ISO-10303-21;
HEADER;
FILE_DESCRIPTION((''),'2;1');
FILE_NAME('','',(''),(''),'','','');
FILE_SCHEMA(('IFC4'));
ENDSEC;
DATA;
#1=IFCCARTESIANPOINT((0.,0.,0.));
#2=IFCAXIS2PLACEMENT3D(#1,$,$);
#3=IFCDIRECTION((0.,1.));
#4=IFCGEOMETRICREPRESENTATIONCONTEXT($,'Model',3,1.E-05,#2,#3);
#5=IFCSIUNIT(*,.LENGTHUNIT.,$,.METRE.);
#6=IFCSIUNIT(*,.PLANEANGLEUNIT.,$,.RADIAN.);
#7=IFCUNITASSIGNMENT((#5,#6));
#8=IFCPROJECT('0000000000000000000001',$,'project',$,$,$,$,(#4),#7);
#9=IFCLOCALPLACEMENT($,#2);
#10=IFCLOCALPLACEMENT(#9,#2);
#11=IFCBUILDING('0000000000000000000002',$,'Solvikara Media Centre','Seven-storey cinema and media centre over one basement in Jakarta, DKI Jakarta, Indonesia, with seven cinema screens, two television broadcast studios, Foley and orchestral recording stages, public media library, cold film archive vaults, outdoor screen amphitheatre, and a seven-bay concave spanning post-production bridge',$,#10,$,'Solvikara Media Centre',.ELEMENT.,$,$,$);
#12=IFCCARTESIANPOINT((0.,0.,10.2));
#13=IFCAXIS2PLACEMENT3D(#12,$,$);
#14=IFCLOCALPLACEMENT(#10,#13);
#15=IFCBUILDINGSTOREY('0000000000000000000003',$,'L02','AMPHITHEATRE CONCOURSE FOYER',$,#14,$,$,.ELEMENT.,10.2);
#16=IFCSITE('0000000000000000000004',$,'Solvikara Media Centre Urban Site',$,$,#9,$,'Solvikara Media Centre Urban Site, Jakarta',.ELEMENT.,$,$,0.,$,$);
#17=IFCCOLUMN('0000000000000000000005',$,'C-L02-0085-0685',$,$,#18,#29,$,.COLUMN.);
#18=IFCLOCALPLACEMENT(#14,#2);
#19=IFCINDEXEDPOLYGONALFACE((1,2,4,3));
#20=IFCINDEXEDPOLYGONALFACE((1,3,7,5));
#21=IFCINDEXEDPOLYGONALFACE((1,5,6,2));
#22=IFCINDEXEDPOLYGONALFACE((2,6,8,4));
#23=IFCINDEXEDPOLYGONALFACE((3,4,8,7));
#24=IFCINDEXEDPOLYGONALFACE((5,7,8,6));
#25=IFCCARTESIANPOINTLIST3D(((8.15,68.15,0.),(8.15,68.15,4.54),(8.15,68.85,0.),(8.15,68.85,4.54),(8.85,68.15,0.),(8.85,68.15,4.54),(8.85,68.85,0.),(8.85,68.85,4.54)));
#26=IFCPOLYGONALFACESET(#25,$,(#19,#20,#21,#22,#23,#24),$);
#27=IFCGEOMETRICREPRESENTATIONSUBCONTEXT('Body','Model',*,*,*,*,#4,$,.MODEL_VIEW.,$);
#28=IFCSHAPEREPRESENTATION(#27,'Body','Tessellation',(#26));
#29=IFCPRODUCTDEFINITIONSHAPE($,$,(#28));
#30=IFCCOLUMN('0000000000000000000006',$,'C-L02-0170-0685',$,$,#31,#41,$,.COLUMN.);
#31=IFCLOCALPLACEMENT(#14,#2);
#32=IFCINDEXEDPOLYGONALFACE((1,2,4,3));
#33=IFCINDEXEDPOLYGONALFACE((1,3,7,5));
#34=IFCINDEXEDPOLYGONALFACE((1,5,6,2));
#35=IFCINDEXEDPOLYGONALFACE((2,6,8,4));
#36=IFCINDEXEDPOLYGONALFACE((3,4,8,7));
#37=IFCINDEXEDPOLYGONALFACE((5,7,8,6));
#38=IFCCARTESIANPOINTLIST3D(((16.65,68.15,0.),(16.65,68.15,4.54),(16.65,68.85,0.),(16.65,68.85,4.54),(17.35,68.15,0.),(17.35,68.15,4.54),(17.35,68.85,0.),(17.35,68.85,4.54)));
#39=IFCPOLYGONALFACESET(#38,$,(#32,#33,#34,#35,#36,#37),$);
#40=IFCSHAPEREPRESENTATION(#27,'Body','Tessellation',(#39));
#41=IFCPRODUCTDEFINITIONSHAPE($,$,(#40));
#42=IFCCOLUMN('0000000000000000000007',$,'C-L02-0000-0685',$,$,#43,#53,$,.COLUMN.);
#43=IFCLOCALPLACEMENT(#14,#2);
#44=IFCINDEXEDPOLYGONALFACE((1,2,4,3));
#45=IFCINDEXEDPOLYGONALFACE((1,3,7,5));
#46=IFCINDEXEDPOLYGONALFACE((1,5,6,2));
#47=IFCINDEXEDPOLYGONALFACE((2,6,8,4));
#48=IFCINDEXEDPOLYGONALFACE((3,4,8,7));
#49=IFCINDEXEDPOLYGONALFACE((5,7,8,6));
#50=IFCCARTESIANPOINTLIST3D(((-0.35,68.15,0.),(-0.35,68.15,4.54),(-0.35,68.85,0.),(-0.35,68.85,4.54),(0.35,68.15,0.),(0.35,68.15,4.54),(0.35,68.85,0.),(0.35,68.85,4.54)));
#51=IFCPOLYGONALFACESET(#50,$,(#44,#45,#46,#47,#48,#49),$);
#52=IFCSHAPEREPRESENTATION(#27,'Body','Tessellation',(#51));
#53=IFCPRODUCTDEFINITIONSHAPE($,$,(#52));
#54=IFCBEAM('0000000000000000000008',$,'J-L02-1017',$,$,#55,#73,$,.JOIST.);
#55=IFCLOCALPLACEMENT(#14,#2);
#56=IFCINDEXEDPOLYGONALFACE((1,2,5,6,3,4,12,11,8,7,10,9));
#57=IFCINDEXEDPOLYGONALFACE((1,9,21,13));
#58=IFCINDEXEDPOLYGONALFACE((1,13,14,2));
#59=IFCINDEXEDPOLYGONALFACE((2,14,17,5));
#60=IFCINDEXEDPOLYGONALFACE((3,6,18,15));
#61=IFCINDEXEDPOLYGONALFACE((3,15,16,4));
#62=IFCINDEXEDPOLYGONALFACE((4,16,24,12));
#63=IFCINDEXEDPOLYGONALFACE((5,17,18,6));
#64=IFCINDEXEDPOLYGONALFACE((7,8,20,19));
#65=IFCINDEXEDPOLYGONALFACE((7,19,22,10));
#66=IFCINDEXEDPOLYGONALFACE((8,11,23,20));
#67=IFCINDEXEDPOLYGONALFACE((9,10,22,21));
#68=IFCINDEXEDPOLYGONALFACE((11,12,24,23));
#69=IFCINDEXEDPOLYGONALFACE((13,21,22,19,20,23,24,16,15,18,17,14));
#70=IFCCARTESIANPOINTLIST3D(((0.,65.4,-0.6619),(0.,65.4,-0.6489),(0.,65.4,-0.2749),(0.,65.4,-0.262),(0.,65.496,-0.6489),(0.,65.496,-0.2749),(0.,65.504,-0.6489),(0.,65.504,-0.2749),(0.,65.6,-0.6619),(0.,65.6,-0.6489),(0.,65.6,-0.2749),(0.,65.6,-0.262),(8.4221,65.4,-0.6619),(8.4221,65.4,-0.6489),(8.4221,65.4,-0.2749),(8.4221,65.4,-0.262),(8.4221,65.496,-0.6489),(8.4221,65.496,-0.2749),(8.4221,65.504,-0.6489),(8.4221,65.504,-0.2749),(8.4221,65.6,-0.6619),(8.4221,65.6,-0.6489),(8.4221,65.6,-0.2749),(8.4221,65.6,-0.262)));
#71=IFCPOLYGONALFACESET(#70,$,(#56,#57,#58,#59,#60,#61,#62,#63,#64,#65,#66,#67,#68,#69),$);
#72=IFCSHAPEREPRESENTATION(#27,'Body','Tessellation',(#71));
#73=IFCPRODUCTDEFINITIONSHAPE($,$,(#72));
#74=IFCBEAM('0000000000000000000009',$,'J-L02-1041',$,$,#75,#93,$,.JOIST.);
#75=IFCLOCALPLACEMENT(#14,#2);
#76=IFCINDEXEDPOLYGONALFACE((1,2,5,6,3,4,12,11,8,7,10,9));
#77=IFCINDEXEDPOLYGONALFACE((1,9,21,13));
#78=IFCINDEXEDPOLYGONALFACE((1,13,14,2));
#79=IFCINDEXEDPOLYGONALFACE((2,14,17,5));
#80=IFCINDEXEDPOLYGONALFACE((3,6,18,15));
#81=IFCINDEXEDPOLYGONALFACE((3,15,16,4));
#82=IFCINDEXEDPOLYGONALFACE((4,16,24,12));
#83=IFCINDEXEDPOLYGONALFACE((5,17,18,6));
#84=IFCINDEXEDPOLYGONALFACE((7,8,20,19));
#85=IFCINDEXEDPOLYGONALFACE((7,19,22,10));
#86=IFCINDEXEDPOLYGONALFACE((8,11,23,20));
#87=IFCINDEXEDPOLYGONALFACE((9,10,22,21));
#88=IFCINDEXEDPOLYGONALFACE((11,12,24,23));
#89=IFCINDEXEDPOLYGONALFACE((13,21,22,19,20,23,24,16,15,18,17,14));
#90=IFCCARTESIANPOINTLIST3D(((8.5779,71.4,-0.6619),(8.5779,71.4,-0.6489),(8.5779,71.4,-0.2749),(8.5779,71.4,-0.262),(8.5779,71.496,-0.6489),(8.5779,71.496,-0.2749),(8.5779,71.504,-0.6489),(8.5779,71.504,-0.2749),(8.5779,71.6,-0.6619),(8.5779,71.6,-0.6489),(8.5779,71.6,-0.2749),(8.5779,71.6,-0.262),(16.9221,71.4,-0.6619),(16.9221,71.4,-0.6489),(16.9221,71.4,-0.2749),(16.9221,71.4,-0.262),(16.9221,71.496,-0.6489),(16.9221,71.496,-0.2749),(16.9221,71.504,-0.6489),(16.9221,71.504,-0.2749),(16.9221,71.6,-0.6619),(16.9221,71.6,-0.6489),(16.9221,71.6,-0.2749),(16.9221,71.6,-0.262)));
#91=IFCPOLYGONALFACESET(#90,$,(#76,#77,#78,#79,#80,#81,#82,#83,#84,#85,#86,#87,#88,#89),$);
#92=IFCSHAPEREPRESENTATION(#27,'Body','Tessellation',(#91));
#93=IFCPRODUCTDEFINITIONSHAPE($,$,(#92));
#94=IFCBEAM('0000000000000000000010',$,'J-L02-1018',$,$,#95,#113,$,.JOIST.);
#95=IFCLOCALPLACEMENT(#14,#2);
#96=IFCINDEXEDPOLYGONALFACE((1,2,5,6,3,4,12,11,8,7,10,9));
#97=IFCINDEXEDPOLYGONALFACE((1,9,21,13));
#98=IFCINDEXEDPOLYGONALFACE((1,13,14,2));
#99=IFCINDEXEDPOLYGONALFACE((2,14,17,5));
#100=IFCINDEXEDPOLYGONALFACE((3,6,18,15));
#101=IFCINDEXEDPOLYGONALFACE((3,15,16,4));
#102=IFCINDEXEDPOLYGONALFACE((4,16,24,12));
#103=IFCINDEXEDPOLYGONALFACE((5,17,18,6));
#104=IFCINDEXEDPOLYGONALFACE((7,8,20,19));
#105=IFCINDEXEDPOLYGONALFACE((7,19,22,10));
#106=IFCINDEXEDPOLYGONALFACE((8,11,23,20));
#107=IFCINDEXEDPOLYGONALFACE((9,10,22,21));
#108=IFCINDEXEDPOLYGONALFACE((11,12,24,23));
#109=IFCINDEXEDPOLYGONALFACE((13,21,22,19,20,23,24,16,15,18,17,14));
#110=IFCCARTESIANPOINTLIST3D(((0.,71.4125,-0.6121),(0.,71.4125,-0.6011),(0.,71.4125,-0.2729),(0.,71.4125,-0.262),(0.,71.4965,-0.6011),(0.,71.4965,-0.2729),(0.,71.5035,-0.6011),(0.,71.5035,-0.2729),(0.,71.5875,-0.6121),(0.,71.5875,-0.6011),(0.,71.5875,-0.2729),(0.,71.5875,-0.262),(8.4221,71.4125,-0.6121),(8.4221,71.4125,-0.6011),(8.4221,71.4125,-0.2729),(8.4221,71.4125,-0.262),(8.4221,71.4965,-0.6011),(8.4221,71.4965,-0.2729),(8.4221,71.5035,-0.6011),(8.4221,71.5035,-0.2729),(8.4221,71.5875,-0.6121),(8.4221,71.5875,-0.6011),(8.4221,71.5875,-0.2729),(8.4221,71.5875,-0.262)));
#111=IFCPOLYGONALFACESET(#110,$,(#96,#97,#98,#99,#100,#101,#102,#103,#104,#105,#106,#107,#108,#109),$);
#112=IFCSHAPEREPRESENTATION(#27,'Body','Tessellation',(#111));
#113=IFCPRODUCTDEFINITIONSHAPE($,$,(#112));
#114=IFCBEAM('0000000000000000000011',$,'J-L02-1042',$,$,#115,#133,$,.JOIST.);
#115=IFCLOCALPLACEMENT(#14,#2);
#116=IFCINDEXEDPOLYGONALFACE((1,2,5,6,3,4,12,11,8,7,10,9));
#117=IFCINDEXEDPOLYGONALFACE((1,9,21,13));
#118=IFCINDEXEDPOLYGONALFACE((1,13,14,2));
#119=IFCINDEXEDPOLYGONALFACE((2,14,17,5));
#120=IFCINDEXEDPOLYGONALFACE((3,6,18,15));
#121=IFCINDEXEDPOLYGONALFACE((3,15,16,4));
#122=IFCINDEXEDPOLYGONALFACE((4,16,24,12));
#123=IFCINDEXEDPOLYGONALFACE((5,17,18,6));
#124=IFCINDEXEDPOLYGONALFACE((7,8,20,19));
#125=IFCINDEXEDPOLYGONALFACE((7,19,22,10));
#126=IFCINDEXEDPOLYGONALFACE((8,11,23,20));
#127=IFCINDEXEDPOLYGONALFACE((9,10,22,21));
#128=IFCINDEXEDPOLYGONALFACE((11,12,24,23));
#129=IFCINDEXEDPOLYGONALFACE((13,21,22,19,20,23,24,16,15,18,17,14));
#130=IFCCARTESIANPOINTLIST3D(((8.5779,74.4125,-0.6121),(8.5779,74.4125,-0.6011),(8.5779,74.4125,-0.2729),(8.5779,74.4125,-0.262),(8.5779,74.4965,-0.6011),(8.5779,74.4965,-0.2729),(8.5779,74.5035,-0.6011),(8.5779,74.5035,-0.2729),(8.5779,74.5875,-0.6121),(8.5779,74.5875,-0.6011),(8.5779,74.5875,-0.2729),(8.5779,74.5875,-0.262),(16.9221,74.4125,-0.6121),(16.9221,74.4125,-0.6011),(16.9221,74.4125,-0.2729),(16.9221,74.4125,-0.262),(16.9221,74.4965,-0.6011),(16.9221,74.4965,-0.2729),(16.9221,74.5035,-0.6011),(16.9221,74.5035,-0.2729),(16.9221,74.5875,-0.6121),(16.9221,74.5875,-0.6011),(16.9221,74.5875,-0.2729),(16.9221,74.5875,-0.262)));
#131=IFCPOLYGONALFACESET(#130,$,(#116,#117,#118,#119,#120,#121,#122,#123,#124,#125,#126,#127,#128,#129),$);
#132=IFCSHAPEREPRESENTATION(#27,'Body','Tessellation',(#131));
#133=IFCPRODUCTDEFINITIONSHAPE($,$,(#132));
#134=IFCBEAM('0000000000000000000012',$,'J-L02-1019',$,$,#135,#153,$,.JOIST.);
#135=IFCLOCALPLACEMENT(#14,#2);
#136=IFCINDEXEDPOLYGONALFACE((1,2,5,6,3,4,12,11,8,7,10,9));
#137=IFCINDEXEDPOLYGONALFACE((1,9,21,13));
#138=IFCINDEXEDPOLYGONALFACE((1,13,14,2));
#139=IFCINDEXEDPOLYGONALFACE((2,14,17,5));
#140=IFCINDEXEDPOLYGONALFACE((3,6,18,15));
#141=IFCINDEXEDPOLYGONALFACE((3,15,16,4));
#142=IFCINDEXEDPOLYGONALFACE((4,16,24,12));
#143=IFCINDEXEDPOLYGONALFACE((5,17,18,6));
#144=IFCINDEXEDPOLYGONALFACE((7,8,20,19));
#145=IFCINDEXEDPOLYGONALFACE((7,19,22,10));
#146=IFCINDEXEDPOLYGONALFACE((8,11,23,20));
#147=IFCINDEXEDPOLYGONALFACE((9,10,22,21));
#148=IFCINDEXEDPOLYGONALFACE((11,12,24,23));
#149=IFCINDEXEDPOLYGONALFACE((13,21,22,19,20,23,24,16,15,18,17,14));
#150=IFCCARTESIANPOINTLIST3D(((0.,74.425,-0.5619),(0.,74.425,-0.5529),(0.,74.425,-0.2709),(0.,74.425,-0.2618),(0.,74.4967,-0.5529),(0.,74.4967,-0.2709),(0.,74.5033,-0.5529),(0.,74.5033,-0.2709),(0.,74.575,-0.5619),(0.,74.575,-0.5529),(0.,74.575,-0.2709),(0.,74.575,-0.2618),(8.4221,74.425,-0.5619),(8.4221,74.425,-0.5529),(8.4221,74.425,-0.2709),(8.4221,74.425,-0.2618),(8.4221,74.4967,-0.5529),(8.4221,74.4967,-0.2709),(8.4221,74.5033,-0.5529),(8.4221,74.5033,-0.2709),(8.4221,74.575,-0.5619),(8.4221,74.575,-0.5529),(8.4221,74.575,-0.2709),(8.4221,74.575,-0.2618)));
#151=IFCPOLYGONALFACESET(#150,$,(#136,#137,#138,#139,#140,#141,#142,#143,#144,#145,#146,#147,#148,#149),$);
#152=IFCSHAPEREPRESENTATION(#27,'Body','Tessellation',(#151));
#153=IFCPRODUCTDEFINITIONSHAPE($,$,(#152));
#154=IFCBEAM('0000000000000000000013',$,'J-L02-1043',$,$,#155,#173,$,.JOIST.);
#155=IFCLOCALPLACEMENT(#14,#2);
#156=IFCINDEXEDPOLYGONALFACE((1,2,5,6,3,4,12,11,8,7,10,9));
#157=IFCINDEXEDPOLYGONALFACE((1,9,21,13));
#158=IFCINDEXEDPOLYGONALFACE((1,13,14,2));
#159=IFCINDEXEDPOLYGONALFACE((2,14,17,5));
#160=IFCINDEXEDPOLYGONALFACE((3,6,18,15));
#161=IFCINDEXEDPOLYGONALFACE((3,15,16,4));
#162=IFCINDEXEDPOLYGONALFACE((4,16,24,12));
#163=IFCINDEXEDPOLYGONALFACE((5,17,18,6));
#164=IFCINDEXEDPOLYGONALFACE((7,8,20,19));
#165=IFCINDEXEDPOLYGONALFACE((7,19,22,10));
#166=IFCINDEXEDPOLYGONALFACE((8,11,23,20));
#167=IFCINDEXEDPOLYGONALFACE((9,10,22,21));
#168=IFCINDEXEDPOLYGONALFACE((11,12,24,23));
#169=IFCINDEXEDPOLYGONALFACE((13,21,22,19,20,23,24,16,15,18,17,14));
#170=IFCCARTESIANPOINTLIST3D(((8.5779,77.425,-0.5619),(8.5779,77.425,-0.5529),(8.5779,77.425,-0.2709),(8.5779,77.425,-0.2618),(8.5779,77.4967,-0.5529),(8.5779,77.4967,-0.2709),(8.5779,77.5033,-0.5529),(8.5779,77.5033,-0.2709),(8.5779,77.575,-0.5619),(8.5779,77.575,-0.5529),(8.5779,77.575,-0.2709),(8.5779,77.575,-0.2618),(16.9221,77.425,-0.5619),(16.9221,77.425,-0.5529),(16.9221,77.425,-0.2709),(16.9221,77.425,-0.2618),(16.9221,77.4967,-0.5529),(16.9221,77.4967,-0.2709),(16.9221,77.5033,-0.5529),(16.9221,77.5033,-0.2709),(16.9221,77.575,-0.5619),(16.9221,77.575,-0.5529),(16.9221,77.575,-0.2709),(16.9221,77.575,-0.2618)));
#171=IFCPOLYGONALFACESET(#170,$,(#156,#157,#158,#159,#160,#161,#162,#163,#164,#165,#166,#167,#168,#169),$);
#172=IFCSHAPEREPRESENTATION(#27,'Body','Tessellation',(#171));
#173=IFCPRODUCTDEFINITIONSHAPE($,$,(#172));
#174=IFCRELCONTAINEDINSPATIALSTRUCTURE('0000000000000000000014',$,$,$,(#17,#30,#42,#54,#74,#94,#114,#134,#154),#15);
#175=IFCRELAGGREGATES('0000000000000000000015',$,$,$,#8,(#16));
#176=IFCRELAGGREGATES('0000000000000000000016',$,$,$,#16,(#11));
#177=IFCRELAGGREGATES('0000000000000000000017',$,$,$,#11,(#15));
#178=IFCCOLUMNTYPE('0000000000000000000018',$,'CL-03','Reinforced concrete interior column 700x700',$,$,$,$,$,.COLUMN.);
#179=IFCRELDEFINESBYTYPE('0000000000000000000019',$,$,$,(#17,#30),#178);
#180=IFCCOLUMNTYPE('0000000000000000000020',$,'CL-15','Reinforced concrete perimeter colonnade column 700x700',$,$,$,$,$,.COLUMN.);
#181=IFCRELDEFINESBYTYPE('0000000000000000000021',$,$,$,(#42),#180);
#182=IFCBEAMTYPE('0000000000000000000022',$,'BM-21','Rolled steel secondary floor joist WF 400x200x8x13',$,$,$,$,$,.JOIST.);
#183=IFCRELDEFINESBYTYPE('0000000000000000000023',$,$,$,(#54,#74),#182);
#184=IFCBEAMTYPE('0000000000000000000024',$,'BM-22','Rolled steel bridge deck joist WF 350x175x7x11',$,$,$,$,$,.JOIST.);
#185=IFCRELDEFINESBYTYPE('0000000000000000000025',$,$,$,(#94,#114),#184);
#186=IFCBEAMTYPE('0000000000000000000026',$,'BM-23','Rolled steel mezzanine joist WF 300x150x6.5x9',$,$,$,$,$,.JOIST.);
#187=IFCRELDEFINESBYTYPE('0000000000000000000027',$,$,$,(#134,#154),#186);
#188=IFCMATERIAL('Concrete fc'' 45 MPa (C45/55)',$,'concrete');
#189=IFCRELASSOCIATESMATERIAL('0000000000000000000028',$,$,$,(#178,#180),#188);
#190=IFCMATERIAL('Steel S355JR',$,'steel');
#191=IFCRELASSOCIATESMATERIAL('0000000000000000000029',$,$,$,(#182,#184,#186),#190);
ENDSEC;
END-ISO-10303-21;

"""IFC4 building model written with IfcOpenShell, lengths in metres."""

from ifc_helpers import new_model, si_unit, direction, frame, origin, origin_2d, place, context, subcontext, project, spatial, rectangle, i_section, extrude, material, material_profile, profile_set, type_object, element, save


model = new_model("IFC4")

# Units and contexts
model_context = context("Model", 3, precision=1e-05, world=origin(), true_north=direction((0.0, 1.0)))
body_context = subcontext(model_context, "Body", "Model", "MODEL_VIEW")
ifc_project = project(units=[si_unit("LENGTHUNIT", "METRE"), si_unit("PLANEANGLEUNIT", "RADIAN")], contexts=[model_context])

# Site, building, storey
site_placement = place(None, origin())
site = spatial("IfcSite", under=ifc_project, at=site_placement, Name="Solvikara Media Centre Urban Site", LongName="Solvikara Media Centre Urban Site, Jakarta", CompositionType="ELEMENT", RefElevation=0.0)
building_placement = place(site_placement, origin())
building = spatial("IfcBuilding", under=site, at=building_placement, Name="Solvikara Media Centre", Description="Seven-storey cinema and media centre over one basement in Jakarta, DKI Jakarta, Indonesia, with seven cinema screens, two television broadcast studios, Foley and orchestral recording stages, public media library, cold film archive vaults, outdoor screen amphitheatre, and a seven-bay concave spanning post-production bridge", LongName="Solvikara Media Centre", CompositionType="ELEMENT")
storey_placement = place(building_placement, frame((0.0, 0.0, 10.2)))
storey = spatial("IfcBuildingStorey", under=building, at=storey_placement, Name="L02", Description="AMPHITHEATRE CONCOURSE FOYER", CompositionType="ELEMENT", Elevation=10.2)

# Columns
ifc_material_1 = material(Name="Concrete fc' 45 MPa (C45/55)", Category="concrete")
ifc_material_profile_1 = material_profile(ifc_material_1, rectangle(XDim=0.7, YDim=0.7, at=origin_2d()), Name="RC 700x700")
ifc_profile_set_1 = profile_set([ifc_material_profile_1], Name="Concrete fc' 45 MPa (C45/55)")
column_type_1 = type_object("IfcColumnType", Name="CL-03", Description="Reinforced concrete interior column 700x700", PredefinedType="COLUMN", material=ifc_profile_set_1)
for number, where, z_axis, x_axis, name in (
    (1, (8.5, 68.5, 0.0), (0.0, 0.0, 1.0), (1.0, 0.0, 0.0), "C-L02-0085-0685"),
    (2, (17.0, 68.5, 0.0), (0.0, 0.0, 1.0), (1.0, 0.0, 0.0), "C-L02-0170-0685"),
):
    element("IfcColumn", number, at=place(storey_placement, frame(where, z_axis=z_axis, x_axis=x_axis)), inside=storey, type_object=column_type_1, Name=name, PredefinedType="COLUMN", context=body_context, shape_type="SweptSolid", body=[
        extrude(rectangle(XDim=0.7, YDim=0.7, at=origin_2d()), origin(), (0.0, 0.0, 1.0), 4.54),
    ])
ifc_material_profile_2 = material_profile(ifc_material_1, rectangle(XDim=0.7, YDim=0.7, at=origin_2d()), Name="RC 700x700")
ifc_profile_set_2 = profile_set([ifc_material_profile_2], Name="Concrete fc' 45 MPa (C45/55)")
column_type_2 = type_object("IfcColumnType", Name="CL-15", Description="Reinforced concrete perimeter colonnade column 700x700", PredefinedType="COLUMN", material=ifc_profile_set_2)
column_placement = place(storey_placement, frame((0.0, 68.5, 0.0), z_axis=(0.0, 0.0, 1.0), x_axis=(1.0, 0.0, 0.0)))
element("IfcColumn", 3, at=column_placement, inside=storey, type_object=column_type_2, Name="C-L02-0000-0685", PredefinedType="COLUMN", context=body_context, shape_type="SweptSolid", body=[
    extrude(rectangle(XDim=0.7, YDim=0.7, at=origin_2d()), origin(), (0.0, 0.0, 1.0), 4.54),
])

# Beams
ifc_material_2 = material(Name="Steel S355JR", Category="steel")
ifc_material_profile_3 = material_profile(ifc_material_2, i_section(OverallWidth=0.2, OverallDepth=0.3999, WebThickness=0.0081, FlangeThickness=0.0129, at=origin_2d()), Name="WF 400x200x8x13")
ifc_profile_set_3 = profile_set([ifc_material_profile_3], Name="Steel S355JR")
beam_type_1 = type_object("IfcBeamType", Name="BM-21", Description="Rolled steel secondary floor joist WF 400x200x8x13", PredefinedType="JOIST", material=ifc_profile_set_3)
beam_1_placement = place(storey_placement, frame((0.0, 65.5, -0.4619), z_axis=(1.0, 0.0, 0.0), x_axis=(0.0, 1.0, 0.0)))
element("IfcBeam", 4, at=beam_1_placement, inside=storey, type_object=beam_type_1, Name="J-L02-1017", PredefinedType="JOIST", context=body_context, shape_type="SweptSolid", body=[
    extrude(i_section(OverallWidth=0.2, OverallDepth=0.3999, WebThickness=0.0081, FlangeThickness=0.0129, at=origin_2d()), origin(), (0.0, 0.0, 1.0), 8.4221),
])
beam_2_placement = place(storey_placement, frame((8.5779, 71.5, -0.4619), z_axis=(1.0, 0.0, 0.0), x_axis=(0.0, 1.0, 0.0)))
element("IfcBeam", 5, at=beam_2_placement, inside=storey, type_object=beam_type_1, Name="J-L02-1041", PredefinedType="JOIST", context=body_context, shape_type="SweptSolid", body=[
    extrude(i_section(OverallWidth=0.2, OverallDepth=0.3999, WebThickness=0.0081, FlangeThickness=0.0129, at=origin_2d()), origin(), (0.0, 0.0, 1.0), 8.3442),
])
ifc_material_profile_4 = material_profile(ifc_material_2, i_section(OverallWidth=0.175, OverallDepth=0.3501, WebThickness=0.0071, FlangeThickness=0.011, at=origin_2d()), Name="WF 350x175x7x11")
ifc_profile_set_4 = profile_set([ifc_material_profile_4], Name="Steel S355JR")
beam_type_2 = type_object("IfcBeamType", Name="BM-22", Description="Rolled steel bridge deck joist WF 350x175x7x11", PredefinedType="JOIST", material=ifc_profile_set_4)
beam_3_placement = place(storey_placement, frame((0.0, 71.5, -0.437), z_axis=(1.0, 0.0, 0.0), x_axis=(0.0, 1.0, 0.0)))
element("IfcBeam", 6, at=beam_3_placement, inside=storey, type_object=beam_type_2, Name="J-L02-1018", PredefinedType="JOIST", context=body_context, shape_type="SweptSolid", body=[
    extrude(i_section(OverallWidth=0.175, OverallDepth=0.3501, WebThickness=0.0071, FlangeThickness=0.011, at=origin_2d()), origin(), (0.0, 0.0, 1.0), 8.4221),
])
beam_4_placement = place(storey_placement, frame((8.5779, 74.5, -0.437), z_axis=(1.0, 0.0, 0.0), x_axis=(0.0, 1.0, 0.0)))
element("IfcBeam", 7, at=beam_4_placement, inside=storey, type_object=beam_type_2, Name="J-L02-1042", PredefinedType="JOIST", context=body_context, shape_type="SweptSolid", body=[
    extrude(i_section(OverallWidth=0.175, OverallDepth=0.3501, WebThickness=0.0071, FlangeThickness=0.011, at=origin_2d()), origin(), (0.0, 0.0, 1.0), 8.3442),
])
ifc_material_profile_5 = material_profile(ifc_material_2, i_section(OverallWidth=0.1499, OverallDepth=0.3, WebThickness=0.0066, FlangeThickness=0.009, at=origin_2d()), Name="WF 300x150x6.5x9")
ifc_profile_set_5 = profile_set([ifc_material_profile_5], Name="Steel S355JR")
beam_type_3 = type_object("IfcBeamType", Name="BM-23", Description="Rolled steel mezzanine joist WF 300x150x6.5x9", PredefinedType="JOIST", material=ifc_profile_set_5)
beam_5_placement = place(storey_placement, frame((0.0, 74.5, -0.4119), z_axis=(1.0, 0.0, 0.0), x_axis=(0.0, 1.0, 0.0)))
element("IfcBeam", 8, at=beam_5_placement, inside=storey, type_object=beam_type_3, Name="J-L02-1019", PredefinedType="JOIST", context=body_context, shape_type="SweptSolid", body=[
    extrude(i_section(OverallWidth=0.1499, OverallDepth=0.3, WebThickness=0.0066, FlangeThickness=0.009, at=origin_2d()), origin(), (0.0, 0.0, 1.0), 8.4221),
])
beam_6_placement = place(storey_placement, frame((8.5779, 77.5, -0.4119), z_axis=(1.0, 0.0, 0.0), x_axis=(0.0, 1.0, 0.0)))
element("IfcBeam", 9, at=beam_6_placement, inside=storey, type_object=beam_type_3, Name="J-L02-1043", PredefinedType="JOIST", context=body_context, shape_type="SweptSolid", body=[
    extrude(i_section(OverallWidth=0.1499, OverallDepth=0.3, WebThickness=0.0066, FlangeThickness=0.009, at=origin_2d()), origin(), (0.0, 0.0, 1.0), 8.3442),
])

save(model, "model.ifc")
